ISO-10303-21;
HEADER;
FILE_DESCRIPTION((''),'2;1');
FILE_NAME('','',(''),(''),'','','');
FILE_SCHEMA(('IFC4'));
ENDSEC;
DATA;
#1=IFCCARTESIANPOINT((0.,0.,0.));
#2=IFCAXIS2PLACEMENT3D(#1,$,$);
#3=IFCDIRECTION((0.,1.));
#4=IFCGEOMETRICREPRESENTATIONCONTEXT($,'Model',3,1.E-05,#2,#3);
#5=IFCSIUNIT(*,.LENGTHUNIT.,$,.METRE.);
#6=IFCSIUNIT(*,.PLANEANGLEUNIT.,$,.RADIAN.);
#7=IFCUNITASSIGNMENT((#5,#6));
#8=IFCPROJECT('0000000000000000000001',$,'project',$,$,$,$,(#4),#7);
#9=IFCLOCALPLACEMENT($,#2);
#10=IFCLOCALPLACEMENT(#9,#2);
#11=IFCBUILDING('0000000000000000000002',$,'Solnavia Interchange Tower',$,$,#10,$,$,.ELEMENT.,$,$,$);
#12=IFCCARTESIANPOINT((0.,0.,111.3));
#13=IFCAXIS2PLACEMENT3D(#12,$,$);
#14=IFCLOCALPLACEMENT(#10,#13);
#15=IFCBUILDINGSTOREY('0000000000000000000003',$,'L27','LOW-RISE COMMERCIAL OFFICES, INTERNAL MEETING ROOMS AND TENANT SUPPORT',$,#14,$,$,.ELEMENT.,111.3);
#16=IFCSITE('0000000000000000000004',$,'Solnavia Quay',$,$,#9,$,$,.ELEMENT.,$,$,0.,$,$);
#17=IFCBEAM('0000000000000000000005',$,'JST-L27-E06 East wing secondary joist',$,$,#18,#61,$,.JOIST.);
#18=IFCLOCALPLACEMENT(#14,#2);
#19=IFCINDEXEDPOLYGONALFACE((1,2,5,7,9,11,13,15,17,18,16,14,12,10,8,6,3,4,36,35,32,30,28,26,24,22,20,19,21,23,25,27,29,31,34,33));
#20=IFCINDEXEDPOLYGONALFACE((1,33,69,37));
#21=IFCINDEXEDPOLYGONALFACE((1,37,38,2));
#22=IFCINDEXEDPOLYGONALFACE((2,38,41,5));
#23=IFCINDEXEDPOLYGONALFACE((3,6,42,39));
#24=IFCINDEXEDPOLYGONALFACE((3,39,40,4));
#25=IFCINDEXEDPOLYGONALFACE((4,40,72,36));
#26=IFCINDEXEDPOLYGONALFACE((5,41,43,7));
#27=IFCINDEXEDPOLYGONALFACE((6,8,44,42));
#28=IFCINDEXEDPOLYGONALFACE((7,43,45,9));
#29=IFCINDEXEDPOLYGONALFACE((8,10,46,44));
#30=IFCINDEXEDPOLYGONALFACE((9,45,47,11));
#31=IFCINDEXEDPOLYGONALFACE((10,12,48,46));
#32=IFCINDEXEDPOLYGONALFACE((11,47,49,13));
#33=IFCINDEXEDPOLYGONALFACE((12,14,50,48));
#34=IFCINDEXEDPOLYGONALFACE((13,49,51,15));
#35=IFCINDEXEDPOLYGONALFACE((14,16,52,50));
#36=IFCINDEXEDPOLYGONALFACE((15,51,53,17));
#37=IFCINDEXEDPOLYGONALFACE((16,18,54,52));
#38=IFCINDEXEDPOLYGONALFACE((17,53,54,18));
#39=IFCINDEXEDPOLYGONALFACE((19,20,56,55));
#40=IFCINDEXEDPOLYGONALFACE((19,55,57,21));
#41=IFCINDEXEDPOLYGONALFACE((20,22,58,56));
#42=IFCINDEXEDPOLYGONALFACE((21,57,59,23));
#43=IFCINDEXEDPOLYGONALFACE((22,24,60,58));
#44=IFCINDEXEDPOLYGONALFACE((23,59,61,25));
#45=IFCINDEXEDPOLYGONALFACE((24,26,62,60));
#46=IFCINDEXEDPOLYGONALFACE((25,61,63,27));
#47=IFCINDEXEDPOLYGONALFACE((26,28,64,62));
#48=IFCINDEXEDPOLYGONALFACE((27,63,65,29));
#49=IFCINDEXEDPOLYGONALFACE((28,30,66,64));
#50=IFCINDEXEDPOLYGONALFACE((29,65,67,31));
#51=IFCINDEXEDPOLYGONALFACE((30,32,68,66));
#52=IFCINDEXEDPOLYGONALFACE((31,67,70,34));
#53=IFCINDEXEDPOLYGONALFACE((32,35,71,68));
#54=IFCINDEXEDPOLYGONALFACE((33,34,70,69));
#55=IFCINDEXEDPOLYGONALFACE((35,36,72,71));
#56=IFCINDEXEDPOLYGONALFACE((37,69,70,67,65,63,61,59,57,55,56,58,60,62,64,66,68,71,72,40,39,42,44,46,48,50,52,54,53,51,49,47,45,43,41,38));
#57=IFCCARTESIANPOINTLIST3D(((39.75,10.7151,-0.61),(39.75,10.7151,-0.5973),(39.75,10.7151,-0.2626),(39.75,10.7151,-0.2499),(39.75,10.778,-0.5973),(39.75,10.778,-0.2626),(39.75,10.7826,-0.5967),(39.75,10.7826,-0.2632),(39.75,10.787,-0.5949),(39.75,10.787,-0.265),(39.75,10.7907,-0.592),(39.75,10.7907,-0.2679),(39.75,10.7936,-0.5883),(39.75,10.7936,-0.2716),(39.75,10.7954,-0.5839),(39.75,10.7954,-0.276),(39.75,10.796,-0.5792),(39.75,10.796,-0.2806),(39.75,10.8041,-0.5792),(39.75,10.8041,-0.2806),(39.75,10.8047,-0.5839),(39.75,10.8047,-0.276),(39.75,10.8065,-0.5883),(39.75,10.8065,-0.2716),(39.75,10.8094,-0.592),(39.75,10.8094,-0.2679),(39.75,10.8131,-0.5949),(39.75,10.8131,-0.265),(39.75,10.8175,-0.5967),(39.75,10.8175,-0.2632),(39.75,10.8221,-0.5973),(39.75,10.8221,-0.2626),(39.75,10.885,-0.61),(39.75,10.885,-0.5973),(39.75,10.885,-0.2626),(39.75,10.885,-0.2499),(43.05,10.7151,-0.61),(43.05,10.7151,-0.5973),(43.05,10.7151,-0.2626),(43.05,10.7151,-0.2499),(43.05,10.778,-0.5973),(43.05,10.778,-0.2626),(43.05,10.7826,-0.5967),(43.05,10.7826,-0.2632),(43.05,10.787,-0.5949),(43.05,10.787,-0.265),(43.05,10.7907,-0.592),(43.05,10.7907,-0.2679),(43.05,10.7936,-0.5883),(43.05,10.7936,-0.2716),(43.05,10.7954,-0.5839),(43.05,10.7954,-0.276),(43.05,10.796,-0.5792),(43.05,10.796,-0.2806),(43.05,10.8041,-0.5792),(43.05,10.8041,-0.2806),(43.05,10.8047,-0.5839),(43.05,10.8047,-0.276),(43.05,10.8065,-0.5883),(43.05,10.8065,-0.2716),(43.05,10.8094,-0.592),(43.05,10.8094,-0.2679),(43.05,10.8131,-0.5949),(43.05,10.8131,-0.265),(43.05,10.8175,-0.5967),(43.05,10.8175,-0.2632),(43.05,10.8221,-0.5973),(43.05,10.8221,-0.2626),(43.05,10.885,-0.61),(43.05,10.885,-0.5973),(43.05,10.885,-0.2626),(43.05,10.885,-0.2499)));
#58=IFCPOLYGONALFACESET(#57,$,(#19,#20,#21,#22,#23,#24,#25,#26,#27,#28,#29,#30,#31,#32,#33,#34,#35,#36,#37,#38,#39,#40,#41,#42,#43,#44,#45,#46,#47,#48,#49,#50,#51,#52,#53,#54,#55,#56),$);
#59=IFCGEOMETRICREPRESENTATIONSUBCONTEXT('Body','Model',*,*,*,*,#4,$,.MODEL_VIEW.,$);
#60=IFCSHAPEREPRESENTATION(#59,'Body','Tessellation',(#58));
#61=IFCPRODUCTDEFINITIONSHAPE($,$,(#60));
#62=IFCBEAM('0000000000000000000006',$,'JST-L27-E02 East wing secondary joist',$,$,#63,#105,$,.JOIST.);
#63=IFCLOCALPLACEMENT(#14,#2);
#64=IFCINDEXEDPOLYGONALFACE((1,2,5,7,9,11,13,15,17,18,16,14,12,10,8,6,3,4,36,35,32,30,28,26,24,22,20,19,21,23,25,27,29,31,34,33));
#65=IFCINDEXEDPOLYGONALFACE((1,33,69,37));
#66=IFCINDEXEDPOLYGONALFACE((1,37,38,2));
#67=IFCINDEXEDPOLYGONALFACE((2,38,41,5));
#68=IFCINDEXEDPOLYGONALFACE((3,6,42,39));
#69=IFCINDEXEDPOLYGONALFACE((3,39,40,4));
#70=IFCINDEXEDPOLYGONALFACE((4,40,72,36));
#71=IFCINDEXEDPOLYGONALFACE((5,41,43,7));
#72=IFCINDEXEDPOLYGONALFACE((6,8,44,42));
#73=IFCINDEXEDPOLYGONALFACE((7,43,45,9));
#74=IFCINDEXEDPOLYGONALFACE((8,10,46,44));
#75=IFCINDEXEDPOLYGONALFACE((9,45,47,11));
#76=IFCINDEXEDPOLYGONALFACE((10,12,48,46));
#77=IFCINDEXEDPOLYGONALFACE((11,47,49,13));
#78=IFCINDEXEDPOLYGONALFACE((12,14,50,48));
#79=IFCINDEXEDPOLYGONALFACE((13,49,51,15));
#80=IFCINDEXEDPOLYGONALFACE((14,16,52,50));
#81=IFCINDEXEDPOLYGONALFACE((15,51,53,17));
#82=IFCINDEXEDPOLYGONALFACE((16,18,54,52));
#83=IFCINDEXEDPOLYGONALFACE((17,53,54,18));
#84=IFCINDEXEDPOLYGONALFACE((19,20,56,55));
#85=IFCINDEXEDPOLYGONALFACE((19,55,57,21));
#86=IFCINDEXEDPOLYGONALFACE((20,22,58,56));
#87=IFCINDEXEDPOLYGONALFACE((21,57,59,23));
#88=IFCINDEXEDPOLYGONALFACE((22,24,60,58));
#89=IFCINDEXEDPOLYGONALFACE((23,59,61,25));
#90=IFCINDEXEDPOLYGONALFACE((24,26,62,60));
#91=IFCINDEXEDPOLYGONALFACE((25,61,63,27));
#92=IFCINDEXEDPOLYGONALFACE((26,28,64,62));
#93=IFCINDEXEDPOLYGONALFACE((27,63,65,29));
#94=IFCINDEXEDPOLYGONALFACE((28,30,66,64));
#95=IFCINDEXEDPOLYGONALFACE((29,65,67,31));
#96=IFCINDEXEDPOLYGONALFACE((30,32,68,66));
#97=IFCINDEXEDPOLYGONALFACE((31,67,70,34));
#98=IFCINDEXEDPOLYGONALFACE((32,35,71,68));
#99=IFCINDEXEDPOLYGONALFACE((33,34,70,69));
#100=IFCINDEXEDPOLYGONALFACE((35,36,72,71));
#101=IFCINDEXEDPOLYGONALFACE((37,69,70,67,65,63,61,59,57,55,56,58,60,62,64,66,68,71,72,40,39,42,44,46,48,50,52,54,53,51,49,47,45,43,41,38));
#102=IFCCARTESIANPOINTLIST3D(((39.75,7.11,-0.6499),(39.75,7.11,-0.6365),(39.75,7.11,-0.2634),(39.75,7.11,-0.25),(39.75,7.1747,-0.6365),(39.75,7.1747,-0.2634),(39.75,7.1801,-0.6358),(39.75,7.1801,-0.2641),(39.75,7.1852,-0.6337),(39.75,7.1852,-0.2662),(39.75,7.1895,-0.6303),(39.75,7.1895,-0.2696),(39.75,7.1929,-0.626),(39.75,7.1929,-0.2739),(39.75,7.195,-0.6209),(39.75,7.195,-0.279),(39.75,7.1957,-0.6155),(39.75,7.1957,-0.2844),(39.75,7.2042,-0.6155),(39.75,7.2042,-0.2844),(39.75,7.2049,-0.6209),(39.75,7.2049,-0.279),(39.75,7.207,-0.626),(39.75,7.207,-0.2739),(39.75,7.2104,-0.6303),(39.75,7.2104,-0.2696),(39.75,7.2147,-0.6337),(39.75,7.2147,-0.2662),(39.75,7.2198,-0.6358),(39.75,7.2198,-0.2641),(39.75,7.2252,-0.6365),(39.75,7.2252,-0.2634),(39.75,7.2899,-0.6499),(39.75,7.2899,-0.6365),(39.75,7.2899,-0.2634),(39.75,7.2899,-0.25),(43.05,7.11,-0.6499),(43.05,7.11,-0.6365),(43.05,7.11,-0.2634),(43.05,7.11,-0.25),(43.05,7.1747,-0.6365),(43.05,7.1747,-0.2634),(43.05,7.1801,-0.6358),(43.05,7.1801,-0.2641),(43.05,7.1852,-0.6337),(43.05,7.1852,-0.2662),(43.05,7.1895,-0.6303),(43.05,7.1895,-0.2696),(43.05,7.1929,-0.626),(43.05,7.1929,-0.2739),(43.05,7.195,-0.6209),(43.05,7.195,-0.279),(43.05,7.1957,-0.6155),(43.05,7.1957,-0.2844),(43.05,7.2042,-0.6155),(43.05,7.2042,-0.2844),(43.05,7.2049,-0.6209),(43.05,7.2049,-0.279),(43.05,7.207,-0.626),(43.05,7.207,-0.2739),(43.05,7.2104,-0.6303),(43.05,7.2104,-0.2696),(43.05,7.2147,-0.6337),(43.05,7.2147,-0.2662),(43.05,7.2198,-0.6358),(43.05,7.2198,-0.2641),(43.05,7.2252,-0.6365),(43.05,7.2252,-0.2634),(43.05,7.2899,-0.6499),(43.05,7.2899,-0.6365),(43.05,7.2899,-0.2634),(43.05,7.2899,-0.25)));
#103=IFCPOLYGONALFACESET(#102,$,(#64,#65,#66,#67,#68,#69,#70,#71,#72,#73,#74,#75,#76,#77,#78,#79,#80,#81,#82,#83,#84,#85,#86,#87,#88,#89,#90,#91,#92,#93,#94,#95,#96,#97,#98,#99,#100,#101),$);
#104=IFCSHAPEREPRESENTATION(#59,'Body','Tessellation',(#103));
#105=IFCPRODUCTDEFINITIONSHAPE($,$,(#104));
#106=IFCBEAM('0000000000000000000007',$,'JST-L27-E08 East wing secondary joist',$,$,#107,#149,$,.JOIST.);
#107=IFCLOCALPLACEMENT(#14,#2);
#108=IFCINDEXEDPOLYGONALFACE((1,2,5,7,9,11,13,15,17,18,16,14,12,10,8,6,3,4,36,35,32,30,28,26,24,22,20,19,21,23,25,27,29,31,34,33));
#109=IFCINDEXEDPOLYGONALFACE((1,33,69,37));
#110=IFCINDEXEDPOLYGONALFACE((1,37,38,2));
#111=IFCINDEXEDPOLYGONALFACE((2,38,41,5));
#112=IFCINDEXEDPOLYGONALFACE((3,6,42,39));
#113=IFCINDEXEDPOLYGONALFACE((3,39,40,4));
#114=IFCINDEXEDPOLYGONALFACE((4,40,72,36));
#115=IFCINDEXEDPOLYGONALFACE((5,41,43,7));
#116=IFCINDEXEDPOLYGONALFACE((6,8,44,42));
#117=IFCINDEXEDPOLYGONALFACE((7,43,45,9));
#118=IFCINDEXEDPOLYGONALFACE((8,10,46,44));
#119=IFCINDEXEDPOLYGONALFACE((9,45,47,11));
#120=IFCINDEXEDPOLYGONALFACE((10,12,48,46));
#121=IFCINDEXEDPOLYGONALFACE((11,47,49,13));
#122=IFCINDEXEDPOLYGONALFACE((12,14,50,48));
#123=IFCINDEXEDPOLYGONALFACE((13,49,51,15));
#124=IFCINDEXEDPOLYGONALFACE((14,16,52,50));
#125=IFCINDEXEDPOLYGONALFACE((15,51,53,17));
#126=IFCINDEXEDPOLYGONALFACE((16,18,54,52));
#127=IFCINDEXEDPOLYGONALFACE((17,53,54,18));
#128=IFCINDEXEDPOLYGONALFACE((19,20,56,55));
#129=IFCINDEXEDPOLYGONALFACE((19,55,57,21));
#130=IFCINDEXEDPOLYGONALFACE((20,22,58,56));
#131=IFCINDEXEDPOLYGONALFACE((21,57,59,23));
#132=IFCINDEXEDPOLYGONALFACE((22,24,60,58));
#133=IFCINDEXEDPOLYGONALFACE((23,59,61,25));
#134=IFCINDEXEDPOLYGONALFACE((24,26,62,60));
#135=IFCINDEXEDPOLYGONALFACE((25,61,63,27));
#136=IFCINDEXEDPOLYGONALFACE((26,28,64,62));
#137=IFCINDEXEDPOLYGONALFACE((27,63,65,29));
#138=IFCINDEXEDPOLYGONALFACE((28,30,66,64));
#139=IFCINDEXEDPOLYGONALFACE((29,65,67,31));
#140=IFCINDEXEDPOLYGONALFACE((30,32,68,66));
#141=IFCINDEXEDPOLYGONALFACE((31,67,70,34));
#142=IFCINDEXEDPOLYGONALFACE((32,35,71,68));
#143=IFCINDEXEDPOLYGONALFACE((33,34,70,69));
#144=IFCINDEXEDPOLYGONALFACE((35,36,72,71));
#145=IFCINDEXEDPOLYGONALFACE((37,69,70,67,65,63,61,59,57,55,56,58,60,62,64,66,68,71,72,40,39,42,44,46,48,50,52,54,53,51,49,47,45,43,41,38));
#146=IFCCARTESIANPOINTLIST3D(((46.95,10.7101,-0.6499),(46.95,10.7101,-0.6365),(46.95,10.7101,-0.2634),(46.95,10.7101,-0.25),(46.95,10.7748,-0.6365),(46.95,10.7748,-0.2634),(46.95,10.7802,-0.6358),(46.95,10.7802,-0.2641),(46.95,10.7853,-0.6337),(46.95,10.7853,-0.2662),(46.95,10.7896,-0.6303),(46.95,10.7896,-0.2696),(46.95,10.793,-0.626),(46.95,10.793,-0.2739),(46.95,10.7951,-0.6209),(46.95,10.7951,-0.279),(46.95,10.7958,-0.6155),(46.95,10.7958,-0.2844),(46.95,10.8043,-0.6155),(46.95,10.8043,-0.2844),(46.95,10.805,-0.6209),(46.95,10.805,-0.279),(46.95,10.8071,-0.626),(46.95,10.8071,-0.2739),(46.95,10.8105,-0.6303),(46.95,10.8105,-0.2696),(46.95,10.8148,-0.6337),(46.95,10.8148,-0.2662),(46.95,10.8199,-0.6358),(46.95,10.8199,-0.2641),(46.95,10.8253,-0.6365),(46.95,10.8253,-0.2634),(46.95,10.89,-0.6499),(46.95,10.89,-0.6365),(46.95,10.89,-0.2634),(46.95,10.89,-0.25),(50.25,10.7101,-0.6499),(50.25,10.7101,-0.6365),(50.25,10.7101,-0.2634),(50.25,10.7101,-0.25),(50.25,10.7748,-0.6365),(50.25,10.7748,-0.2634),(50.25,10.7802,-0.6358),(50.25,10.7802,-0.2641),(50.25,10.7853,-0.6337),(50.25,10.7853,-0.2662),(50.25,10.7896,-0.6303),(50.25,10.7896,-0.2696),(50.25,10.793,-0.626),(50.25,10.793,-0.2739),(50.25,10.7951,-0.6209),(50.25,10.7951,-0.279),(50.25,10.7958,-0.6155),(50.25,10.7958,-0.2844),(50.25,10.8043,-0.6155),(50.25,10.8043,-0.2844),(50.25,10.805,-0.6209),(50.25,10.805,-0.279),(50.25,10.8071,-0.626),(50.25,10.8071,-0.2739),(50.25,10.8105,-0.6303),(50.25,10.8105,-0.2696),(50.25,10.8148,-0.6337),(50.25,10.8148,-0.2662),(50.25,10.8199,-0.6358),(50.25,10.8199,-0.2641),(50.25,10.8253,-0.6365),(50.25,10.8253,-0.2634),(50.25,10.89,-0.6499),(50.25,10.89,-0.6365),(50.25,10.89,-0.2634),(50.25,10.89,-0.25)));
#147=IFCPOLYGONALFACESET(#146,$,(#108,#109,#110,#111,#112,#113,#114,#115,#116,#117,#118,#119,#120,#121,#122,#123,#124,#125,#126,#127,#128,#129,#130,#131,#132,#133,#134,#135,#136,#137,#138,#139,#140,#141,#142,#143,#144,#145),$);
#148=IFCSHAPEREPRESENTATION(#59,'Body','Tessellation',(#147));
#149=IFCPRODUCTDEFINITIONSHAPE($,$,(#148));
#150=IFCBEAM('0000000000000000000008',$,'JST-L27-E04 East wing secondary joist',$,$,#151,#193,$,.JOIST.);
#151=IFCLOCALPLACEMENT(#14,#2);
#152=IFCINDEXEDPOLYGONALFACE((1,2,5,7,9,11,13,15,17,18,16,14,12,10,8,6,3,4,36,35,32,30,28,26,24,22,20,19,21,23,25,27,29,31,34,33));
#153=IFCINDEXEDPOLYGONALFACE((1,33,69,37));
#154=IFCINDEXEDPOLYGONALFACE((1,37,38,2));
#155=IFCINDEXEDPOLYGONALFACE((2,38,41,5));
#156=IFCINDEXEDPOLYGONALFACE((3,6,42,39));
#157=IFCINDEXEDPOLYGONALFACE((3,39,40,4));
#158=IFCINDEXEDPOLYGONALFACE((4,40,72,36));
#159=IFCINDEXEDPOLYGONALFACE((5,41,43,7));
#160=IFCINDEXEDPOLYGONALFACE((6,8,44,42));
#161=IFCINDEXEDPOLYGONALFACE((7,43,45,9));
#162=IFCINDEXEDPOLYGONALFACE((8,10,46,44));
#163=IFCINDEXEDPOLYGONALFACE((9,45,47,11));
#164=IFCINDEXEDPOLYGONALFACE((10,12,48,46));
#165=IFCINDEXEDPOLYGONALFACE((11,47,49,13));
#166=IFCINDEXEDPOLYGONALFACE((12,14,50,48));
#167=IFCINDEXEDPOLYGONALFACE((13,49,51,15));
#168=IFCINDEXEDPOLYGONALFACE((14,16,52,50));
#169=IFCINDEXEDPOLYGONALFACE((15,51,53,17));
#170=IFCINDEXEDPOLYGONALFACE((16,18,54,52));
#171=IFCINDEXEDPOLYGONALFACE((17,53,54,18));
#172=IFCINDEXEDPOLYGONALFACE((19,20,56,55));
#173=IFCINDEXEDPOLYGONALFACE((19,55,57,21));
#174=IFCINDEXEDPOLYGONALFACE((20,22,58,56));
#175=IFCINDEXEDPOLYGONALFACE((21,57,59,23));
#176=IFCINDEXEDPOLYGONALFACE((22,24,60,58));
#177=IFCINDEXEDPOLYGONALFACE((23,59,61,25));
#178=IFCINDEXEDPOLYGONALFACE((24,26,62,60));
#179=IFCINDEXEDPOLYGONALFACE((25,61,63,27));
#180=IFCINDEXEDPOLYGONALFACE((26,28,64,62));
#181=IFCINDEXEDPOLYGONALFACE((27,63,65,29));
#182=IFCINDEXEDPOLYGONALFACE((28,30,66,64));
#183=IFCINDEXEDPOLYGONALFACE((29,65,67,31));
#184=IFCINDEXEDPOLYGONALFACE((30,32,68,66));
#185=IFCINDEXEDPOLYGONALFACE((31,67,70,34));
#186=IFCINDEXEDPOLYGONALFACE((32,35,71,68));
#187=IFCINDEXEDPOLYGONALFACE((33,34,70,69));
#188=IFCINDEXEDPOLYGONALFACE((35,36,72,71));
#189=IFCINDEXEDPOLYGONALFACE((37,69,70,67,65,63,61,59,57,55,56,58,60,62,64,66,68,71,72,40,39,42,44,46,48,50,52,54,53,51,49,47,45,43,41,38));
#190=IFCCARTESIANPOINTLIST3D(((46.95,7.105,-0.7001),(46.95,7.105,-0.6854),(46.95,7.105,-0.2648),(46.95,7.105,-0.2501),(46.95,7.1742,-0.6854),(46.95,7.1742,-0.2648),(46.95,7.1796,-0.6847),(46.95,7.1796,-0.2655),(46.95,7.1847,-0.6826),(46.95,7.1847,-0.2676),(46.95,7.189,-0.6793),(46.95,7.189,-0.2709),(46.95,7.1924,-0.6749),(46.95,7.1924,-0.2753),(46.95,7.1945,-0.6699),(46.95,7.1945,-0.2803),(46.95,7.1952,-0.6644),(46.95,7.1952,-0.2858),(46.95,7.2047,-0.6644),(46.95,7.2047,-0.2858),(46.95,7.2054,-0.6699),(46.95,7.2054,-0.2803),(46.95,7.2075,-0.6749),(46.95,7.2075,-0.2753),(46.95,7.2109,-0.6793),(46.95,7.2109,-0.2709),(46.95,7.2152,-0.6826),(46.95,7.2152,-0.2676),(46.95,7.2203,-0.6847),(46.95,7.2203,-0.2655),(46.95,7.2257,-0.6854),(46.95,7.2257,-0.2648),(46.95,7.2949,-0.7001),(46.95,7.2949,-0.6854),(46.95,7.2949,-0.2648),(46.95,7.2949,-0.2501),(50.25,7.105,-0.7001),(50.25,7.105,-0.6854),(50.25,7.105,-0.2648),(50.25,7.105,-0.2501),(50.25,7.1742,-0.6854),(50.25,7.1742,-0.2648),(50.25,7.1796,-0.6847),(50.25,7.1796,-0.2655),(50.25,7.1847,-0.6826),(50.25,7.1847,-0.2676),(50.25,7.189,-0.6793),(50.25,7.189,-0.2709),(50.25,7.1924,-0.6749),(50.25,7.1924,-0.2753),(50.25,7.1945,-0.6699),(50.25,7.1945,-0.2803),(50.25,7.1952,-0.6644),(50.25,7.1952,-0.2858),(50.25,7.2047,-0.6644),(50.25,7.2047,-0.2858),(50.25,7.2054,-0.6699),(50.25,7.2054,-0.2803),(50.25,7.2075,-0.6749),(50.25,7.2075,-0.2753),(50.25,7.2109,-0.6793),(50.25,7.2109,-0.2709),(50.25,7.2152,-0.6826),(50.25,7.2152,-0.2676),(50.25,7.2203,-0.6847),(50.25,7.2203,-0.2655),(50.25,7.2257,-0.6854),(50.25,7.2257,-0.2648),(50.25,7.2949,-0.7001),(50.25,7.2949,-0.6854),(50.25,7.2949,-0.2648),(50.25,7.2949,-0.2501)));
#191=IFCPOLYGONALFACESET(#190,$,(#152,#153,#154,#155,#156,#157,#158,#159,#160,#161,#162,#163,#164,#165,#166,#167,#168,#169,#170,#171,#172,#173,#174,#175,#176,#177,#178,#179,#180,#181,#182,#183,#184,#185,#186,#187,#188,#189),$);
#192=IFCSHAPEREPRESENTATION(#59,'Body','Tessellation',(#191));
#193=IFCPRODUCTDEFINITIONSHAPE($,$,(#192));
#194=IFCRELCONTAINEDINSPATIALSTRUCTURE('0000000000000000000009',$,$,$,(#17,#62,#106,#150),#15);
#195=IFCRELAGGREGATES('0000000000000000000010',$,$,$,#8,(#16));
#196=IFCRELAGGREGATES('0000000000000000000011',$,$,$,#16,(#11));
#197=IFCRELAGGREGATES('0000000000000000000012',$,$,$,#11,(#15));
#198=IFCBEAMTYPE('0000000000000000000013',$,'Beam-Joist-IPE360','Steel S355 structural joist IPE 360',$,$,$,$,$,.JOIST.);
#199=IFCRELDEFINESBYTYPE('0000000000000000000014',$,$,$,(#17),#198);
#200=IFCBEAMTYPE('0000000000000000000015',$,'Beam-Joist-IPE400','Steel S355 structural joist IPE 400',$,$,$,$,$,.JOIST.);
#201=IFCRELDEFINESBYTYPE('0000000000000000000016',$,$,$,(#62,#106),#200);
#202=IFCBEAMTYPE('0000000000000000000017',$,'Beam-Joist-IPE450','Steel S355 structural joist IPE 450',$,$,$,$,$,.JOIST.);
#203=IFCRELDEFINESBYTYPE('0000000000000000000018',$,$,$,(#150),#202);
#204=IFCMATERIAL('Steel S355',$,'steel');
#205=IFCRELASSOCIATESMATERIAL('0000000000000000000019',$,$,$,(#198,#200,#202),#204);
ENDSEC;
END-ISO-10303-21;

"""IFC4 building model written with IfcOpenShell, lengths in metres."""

from ifc_helpers import new_model, si_unit, direction, frame, origin, origin_2d, place, context, subcontext, project, spatial, i_section, extrude, material, material_profile, profile_set, type_object, element, save


model = new_model("IFC4")

# Units and contexts
model_context = context("Model", 3, precision=1e-05, world=origin(), true_north=direction((0.0, 1.0)))
body_context = subcontext(model_context, "Body", "Model", "MODEL_VIEW")
ifc_project = project(units=[si_unit("LENGTHUNIT", "METRE"), si_unit("PLANEANGLEUNIT", "RADIAN")], contexts=[model_context])

# Site, building, storey
site_placement = place(None, origin())
site = spatial("IfcSite", under=ifc_project, at=site_placement, Name="Solnavia Quay", CompositionType="ELEMENT", RefElevation=0.0)
building_placement = place(site_placement, origin())
building = spatial("IfcBuilding", under=site, at=building_placement, Name="Solnavia Interchange Tower", CompositionType="ELEMENT")
storey_placement = place(building_placement, frame((0.0, 0.0, 111.3)))
storey = spatial("IfcBuildingStorey", under=building, at=storey_placement, Name="L27", Description="LOW-RISE COMMERCIAL OFFICES, INTERNAL MEETING ROOMS AND TENANT SUPPORT", CompositionType="ELEMENT", Elevation=111.3)

# Shared definitions
ifc_material_1 = material(Name="Steel S355", Category="steel")

# Beams
ifc_material_profile_1 = material_profile(ifc_material_1, i_section(OverallWidth=0.1699, OverallDepth=0.3601, WebThickness=0.0081, FlangeThickness=0.0127, FilletRadius=0.0181, at=origin_2d()), Name="IPE 360")
ifc_profile_set_1 = profile_set([ifc_material_profile_1], Name="Steel S355")
beam_type_1 = type_object("IfcBeamType", Name="Beam-Joist-IPE360", Description="Steel S355 structural joist IPE 360", PredefinedType="JOIST", material=ifc_profile_set_1)
beam_1_placement = place(storey_placement, frame((39.75, 10.8, -0.4299), z_axis=(1.0, 0.0, 0.0), x_axis=(0.0, 1.0, 0.0)))
element("IfcBeam", 1, at=beam_1_placement, inside=storey, type_object=beam_type_1, Name="JST-L27-E06 East wing secondary joist", PredefinedType="JOIST", context=body_context, shape_type="SweptSolid", body=[
    extrude(i_section(OverallWidth=0.1699, OverallDepth=0.3601, WebThickness=0.0081, FlangeThickness=0.0127, FilletRadius=0.0181, at=origin_2d()), origin(), (0.0, 0.0, 1.0), 3.3),
])
ifc_material_profile_2 = material_profile(ifc_material_1, i_section(OverallWidth=0.1799, OverallDepth=0.3999, WebThickness=0.0085, FlangeThickness=0.0134, FilletRadius=0.021, at=origin_2d()), Name="IPE 400")
ifc_profile_set_2 = profile_set([ifc_material_profile_2], Name="Steel S355")
beam_type_2 = type_object("IfcBeamType", Name="Beam-Joist-IPE400", Description="Steel S355 structural joist IPE 400", PredefinedType="JOIST", material=ifc_profile_set_2)
for number, where, z_axis, x_axis, name in (
    (2, (39.75, 7.2, -0.45), (1.0, 0.0, 0.0), (0.0, 1.0, 0.0), "JST-L27-E02 East wing secondary joist"),
    (3, (46.95, 10.8, -0.45), (1.0, 0.0, 0.0), (0.0, 1.0, 0.0), "JST-L27-E08 East wing secondary joist"),
):
    element("IfcBeam", number, at=place(storey_placement, frame(where, z_axis=z_axis, x_axis=x_axis)), inside=storey, type_object=beam_type_2, Name=name, PredefinedType="JOIST", context=body_context, shape_type="SweptSolid", body=[
        extrude(i_section(OverallWidth=0.1799, OverallDepth=0.3999, WebThickness=0.0085, FlangeThickness=0.0134, FilletRadius=0.021, at=origin_2d()), origin(), (0.0, 0.0, 1.0), 3.3),
    ])
ifc_material_profile_3 = material_profile(ifc_material_1, i_section(OverallWidth=0.1899, OverallDepth=0.45, WebThickness=0.0095, FlangeThickness=0.0146, FilletRadius=0.021, at=origin_2d()), Name="IPE 450")
ifc_profile_set_3 = profile_set([ifc_material_profile_3], Name="Steel S355")
beam_type_3 = type_object("IfcBeamType", Name="Beam-Joist-IPE450", Description="Steel S355 structural joist IPE 450", PredefinedType="JOIST", material=ifc_profile_set_3)
beam_2_placement = place(storey_placement, frame((46.95, 7.2, -0.4751), z_axis=(1.0, 0.0, 0.0), x_axis=(0.0, 1.0, 0.0)))
element("IfcBeam", 4, at=beam_2_placement, inside=storey, type_object=beam_type_3, Name="JST-L27-E04 East wing secondary joist", PredefinedType="JOIST", context=body_context, shape_type="SweptSolid", body=[
    extrude(i_section(OverallWidth=0.1899, OverallDepth=0.45, WebThickness=0.0095, FlangeThickness=0.0146, FilletRadius=0.021, at=origin_2d()), origin(), (0.0, 0.0, 1.0), 3.3),
])

save(model, "model.ifc")
